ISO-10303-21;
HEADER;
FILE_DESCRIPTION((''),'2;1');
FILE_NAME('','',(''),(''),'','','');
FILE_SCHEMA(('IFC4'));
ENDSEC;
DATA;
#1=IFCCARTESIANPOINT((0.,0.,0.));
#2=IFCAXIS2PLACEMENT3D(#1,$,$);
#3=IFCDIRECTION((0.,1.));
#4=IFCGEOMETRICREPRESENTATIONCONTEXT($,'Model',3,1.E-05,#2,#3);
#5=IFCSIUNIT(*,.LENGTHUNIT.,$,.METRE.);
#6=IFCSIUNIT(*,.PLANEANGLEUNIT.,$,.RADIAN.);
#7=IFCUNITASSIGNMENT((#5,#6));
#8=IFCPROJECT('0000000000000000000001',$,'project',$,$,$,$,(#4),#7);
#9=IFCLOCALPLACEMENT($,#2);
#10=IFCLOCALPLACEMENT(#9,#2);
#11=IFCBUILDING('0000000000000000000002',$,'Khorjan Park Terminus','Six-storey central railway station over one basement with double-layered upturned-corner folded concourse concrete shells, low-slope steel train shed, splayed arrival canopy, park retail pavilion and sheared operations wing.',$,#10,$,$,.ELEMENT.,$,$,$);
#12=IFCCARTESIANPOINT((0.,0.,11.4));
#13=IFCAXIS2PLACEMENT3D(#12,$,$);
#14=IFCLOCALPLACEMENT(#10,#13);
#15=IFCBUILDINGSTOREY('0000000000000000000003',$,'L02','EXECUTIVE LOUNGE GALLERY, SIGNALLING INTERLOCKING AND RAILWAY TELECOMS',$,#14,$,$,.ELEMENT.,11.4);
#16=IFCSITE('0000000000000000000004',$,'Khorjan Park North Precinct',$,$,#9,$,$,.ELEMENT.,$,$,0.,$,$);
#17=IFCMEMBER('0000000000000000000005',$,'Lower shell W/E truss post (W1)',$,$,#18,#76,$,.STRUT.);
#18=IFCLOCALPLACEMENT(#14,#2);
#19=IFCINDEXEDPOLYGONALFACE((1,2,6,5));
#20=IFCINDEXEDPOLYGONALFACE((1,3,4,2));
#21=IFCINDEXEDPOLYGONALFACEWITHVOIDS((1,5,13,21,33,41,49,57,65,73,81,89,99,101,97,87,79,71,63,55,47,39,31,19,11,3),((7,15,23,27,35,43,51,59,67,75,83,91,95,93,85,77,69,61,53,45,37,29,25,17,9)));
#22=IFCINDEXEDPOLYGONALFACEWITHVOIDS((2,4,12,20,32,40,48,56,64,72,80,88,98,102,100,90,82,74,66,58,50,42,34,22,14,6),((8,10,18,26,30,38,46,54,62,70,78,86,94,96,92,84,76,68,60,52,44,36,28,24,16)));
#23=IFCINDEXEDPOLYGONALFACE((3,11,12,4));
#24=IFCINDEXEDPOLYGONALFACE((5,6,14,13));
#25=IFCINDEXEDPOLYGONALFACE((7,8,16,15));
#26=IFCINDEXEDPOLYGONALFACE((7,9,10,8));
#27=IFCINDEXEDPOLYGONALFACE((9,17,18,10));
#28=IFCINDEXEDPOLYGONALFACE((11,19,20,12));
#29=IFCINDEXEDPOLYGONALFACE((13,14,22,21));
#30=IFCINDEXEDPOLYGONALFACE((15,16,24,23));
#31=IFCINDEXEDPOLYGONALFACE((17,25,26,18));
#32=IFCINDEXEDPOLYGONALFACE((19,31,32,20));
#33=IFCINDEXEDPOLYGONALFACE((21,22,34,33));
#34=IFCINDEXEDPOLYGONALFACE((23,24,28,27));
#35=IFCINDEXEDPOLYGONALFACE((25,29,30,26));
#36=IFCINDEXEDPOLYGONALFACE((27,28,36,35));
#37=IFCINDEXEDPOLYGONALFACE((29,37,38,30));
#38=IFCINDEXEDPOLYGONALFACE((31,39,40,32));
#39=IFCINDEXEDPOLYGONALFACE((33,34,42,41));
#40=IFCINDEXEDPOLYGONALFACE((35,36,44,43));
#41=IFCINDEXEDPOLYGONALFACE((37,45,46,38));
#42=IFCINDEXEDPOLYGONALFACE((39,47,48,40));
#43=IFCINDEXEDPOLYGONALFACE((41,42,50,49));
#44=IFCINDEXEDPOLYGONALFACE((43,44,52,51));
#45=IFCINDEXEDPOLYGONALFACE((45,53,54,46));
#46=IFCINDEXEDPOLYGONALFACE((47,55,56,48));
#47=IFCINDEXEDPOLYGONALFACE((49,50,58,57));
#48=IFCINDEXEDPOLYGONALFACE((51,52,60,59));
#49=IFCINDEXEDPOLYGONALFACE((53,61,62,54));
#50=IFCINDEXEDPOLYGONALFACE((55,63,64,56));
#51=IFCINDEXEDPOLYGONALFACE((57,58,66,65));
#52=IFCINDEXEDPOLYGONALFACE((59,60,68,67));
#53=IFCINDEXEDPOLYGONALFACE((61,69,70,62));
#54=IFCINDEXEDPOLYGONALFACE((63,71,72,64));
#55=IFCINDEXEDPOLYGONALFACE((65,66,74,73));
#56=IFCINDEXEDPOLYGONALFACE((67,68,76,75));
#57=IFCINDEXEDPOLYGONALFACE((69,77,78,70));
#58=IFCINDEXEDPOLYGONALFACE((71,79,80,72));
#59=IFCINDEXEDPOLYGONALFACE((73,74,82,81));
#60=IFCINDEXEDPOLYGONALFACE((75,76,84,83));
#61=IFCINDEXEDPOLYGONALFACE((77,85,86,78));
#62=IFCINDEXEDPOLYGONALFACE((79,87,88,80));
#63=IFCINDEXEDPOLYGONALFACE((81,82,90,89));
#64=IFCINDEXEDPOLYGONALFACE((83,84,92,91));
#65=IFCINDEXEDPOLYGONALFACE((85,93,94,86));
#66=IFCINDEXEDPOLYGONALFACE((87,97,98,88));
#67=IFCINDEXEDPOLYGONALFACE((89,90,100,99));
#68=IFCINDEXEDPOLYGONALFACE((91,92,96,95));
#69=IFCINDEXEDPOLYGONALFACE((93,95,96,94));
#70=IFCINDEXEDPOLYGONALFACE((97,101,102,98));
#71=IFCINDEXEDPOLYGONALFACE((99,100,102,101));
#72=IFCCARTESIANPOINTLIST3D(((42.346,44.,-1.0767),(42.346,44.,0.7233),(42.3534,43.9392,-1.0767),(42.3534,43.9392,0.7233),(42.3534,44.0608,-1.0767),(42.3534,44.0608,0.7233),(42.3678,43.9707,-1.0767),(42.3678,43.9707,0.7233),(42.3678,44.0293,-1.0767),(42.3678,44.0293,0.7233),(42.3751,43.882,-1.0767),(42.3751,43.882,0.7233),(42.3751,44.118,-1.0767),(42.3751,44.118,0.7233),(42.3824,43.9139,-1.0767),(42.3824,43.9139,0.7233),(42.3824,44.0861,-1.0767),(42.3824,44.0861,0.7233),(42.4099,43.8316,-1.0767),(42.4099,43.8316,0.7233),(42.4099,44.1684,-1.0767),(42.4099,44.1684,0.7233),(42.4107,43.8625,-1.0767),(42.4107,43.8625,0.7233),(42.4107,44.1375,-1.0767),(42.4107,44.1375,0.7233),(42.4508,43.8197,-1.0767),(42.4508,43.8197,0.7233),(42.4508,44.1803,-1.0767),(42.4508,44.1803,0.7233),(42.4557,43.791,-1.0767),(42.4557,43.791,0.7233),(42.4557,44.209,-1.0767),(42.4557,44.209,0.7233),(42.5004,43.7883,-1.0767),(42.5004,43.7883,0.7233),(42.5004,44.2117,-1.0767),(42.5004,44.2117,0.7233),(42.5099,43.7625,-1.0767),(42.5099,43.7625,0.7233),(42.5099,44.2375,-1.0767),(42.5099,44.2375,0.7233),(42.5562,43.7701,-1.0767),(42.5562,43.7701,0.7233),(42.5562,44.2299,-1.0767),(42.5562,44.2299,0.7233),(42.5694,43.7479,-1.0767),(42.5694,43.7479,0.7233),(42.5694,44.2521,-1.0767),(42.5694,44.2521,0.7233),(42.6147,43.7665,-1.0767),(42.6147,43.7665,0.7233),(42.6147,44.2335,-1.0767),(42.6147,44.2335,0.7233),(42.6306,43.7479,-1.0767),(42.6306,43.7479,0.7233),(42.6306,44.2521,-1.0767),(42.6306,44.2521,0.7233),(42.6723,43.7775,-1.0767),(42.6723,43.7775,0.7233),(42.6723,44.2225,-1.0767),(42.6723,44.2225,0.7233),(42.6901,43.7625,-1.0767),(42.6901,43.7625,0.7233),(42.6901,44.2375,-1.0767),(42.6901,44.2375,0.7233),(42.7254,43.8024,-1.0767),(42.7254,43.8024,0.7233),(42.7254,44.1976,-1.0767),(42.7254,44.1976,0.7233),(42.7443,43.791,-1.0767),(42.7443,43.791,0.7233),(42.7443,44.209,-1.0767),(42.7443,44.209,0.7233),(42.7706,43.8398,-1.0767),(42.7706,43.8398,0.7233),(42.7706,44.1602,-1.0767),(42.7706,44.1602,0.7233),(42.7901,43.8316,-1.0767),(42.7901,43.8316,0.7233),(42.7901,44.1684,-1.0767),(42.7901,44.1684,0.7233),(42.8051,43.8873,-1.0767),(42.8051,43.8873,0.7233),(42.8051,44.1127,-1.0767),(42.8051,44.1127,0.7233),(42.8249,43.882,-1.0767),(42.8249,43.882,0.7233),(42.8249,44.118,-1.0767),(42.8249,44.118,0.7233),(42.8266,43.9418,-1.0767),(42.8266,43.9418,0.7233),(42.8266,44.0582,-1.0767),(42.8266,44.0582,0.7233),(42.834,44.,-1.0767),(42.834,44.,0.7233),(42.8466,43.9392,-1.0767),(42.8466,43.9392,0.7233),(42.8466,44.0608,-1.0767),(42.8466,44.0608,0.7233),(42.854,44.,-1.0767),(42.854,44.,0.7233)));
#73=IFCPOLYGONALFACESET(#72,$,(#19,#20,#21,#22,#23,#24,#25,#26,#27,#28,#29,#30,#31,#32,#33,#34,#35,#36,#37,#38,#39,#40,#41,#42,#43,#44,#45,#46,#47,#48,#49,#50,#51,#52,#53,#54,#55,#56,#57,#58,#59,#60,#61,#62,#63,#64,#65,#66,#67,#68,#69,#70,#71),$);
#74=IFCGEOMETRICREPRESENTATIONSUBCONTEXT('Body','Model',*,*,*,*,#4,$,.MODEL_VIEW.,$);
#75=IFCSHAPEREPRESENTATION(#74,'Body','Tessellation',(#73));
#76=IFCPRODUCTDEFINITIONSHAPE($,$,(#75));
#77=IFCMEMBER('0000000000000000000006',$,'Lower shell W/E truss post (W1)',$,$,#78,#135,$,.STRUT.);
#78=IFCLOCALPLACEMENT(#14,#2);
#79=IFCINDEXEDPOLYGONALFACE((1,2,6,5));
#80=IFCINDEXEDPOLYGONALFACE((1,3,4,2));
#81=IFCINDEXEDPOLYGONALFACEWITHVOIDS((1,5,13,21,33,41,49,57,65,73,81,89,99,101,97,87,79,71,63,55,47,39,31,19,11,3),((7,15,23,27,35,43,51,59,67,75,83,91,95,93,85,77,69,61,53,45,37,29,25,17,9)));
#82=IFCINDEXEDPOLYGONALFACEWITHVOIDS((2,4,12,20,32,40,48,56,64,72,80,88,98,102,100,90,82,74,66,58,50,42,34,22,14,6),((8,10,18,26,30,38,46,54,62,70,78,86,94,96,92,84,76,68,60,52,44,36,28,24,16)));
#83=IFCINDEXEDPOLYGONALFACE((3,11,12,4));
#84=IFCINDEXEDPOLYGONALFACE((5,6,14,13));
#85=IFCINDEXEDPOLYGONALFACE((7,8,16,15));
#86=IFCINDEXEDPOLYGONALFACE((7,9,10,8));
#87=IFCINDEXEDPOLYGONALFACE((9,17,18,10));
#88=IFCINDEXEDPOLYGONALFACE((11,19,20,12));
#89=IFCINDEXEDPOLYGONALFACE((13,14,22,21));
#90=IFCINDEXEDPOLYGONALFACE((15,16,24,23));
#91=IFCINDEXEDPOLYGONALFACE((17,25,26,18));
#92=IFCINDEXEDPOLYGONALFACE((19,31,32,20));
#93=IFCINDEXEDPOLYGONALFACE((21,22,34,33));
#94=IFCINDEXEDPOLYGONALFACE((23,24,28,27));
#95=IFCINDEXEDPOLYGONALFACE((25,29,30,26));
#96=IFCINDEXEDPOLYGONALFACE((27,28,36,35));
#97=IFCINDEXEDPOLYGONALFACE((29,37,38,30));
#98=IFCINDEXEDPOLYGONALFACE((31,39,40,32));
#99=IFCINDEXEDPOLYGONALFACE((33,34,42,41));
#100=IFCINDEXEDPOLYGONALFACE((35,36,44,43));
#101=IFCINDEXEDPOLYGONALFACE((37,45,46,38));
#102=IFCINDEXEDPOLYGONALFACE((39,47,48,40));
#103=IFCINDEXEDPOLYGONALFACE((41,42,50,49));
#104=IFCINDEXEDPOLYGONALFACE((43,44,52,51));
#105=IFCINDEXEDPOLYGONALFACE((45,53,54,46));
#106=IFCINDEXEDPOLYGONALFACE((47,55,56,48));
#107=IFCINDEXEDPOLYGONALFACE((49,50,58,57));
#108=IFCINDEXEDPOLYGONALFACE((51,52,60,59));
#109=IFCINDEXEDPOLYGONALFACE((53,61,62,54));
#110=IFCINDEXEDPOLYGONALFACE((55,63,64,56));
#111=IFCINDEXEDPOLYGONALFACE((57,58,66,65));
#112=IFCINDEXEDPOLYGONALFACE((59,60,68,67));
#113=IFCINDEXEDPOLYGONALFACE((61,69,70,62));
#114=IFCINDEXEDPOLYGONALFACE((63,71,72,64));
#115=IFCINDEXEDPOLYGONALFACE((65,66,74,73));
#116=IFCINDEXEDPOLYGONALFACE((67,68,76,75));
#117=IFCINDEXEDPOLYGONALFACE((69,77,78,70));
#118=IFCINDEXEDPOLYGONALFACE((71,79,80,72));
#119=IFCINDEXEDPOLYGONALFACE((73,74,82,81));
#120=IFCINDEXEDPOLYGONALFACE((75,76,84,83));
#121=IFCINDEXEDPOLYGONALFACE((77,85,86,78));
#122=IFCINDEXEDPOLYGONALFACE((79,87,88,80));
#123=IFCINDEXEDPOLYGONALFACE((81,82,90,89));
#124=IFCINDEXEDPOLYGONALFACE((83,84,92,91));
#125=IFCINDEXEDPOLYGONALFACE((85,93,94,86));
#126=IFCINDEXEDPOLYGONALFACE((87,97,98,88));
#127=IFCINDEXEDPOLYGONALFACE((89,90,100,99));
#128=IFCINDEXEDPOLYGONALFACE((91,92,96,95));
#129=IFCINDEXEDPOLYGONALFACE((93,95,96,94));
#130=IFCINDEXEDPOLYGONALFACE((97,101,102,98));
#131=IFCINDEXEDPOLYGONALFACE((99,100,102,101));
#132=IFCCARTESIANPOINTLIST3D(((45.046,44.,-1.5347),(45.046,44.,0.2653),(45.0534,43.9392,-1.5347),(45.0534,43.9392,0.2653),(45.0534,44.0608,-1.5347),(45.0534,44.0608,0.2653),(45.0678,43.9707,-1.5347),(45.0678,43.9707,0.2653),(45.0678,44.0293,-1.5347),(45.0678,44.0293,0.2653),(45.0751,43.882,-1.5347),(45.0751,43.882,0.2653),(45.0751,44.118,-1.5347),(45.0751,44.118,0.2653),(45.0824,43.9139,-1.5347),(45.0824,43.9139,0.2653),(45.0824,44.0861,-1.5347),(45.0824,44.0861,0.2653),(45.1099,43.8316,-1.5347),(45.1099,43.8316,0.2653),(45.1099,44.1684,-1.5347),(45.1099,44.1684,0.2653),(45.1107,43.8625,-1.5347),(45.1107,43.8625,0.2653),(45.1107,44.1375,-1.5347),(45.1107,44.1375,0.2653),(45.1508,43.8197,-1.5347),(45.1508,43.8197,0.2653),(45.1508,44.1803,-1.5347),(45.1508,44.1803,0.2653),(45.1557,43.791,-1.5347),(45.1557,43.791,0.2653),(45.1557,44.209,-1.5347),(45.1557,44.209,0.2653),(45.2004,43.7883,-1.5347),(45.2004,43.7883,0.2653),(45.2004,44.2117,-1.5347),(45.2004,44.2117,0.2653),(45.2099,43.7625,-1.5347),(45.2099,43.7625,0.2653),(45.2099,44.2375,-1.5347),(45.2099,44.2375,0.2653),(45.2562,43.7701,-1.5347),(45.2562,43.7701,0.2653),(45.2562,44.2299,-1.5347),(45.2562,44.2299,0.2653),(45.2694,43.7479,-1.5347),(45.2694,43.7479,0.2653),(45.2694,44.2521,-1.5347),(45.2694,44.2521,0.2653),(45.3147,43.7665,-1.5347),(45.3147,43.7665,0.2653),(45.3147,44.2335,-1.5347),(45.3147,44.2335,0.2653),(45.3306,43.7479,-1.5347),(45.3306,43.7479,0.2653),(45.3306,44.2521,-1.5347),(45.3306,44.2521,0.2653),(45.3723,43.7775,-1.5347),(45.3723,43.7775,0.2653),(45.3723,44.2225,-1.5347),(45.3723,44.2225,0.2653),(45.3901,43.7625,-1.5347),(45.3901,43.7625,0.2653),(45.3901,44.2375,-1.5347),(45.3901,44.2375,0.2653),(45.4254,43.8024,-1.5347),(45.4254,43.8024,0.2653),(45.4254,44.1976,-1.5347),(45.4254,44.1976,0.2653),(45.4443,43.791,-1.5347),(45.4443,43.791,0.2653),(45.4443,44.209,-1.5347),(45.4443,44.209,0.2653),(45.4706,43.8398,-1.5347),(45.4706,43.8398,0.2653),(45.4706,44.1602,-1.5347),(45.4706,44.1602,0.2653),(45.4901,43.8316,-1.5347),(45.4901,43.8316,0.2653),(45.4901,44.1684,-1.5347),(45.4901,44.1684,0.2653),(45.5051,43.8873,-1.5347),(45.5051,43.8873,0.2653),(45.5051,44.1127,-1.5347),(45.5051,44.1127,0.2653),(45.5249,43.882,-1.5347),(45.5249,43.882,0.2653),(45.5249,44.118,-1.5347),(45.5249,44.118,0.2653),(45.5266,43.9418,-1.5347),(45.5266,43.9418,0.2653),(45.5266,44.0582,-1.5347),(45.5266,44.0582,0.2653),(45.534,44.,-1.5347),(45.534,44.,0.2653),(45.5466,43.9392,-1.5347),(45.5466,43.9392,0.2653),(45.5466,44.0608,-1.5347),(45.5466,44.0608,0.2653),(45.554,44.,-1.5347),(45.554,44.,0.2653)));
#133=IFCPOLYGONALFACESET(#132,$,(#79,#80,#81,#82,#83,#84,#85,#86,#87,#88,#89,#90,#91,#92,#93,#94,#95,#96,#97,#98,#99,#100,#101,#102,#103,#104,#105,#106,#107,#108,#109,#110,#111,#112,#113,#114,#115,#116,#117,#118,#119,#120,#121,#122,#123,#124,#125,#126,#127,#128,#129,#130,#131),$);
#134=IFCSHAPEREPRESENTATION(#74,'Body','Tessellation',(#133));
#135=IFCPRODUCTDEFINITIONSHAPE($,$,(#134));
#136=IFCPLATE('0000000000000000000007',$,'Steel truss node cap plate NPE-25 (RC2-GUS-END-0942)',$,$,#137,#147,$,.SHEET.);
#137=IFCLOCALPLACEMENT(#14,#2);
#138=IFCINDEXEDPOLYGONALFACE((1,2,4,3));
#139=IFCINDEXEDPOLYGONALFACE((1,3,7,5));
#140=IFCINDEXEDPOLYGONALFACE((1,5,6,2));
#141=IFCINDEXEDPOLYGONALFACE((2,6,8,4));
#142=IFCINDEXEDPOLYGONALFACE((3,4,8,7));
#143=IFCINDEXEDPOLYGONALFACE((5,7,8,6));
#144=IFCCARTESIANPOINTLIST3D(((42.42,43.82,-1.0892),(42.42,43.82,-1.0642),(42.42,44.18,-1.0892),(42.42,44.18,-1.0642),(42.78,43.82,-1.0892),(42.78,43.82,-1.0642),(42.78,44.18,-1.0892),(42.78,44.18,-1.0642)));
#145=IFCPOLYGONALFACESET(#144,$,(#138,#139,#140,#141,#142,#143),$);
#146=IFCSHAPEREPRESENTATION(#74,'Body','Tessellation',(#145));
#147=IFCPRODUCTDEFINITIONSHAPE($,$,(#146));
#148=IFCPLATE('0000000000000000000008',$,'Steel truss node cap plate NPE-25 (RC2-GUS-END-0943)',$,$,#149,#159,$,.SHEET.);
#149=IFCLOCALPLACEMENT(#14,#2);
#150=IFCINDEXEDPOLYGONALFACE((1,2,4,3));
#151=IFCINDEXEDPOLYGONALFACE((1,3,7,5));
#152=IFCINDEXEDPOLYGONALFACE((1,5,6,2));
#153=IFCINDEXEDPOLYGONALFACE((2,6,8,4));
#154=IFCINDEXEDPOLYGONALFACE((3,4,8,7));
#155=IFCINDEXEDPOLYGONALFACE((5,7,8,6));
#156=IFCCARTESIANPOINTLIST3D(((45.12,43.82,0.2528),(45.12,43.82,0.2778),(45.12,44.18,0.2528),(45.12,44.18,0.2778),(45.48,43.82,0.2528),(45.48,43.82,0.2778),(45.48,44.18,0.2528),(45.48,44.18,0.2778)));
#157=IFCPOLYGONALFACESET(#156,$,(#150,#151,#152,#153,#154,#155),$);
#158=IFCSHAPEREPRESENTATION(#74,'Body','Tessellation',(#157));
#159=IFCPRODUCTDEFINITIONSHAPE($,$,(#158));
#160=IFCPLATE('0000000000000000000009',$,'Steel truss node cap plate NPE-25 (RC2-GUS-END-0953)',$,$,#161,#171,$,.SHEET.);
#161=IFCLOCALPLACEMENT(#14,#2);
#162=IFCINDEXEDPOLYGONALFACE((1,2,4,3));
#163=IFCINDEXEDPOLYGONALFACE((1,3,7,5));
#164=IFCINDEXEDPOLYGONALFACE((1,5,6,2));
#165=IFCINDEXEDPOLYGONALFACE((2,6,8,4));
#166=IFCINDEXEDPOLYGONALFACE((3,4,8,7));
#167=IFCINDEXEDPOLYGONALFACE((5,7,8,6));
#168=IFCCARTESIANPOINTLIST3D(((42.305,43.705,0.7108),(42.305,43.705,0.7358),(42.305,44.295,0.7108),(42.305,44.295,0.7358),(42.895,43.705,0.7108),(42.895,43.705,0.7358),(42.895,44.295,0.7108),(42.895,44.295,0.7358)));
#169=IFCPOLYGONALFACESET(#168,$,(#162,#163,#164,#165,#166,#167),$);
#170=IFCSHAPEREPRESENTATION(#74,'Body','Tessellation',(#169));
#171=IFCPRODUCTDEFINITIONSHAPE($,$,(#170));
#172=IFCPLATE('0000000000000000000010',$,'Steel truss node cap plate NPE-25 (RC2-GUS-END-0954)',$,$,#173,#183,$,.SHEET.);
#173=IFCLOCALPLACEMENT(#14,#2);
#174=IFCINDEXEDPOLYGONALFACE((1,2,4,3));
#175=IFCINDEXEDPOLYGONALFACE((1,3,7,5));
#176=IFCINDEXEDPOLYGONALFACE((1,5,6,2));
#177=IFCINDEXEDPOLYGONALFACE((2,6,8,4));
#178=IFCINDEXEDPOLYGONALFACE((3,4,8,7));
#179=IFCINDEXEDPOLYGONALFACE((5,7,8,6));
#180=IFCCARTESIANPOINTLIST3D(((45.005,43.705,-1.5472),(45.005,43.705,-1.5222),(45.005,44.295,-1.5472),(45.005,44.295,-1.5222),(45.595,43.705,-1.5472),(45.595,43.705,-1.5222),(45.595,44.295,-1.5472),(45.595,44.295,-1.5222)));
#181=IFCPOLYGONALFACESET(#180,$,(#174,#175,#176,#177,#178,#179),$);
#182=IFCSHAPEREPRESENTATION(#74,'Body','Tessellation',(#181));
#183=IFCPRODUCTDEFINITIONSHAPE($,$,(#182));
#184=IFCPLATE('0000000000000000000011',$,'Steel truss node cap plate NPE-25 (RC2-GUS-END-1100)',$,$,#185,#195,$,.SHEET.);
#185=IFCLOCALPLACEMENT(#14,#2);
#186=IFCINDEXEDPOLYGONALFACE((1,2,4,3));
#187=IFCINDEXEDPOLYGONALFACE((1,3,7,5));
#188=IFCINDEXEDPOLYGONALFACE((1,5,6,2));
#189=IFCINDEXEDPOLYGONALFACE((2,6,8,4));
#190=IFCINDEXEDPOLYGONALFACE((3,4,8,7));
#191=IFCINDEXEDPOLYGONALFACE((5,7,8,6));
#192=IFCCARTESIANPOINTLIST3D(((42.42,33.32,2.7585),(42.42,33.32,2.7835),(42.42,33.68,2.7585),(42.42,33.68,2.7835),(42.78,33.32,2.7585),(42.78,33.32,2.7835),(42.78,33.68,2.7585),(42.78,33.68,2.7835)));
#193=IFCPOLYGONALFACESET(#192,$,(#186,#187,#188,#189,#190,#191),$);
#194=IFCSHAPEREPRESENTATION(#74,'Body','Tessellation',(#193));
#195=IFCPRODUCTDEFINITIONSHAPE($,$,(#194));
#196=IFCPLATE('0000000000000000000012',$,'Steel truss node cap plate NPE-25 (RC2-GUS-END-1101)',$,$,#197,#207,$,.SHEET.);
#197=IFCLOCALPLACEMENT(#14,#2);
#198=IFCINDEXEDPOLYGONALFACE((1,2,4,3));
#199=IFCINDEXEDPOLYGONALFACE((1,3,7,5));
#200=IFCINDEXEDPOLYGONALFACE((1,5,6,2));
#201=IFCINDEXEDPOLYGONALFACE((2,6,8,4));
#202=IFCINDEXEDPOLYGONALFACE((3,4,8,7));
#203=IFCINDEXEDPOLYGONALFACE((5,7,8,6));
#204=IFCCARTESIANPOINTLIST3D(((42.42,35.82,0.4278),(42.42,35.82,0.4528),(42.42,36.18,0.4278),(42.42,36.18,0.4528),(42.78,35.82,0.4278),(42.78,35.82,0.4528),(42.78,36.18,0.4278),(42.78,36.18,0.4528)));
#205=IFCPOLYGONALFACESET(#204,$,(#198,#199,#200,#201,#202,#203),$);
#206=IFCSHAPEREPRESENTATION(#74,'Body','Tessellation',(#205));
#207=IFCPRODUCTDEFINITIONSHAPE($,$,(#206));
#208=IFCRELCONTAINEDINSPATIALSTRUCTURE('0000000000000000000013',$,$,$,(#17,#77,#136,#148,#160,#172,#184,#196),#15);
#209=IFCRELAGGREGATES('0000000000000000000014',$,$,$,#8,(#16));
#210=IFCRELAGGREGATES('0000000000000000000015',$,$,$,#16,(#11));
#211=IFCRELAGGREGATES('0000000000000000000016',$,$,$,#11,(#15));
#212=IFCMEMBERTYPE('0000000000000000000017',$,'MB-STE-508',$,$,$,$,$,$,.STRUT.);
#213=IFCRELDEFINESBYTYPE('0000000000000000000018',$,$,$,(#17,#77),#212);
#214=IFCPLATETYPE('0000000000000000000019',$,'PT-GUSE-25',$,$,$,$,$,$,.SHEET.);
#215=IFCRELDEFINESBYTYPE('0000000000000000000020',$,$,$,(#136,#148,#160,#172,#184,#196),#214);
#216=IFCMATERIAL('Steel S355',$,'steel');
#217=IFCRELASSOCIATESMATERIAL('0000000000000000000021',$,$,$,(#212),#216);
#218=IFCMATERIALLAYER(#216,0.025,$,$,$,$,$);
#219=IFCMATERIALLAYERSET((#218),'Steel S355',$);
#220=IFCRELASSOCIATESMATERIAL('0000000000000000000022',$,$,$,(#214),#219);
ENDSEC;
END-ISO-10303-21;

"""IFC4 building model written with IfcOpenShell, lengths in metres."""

from ifc_helpers import new_model, si_unit, direction, frame, origin, origin_2d, place, context, subcontext, project, spatial, rectangle, hollow_circle, extrude, material, layer, layer_set, material_profile, profile_set, type_object, element, save


model = new_model("IFC4")

# Units and contexts
model_context = context("Model", 3, precision=1e-05, world=origin(), true_north=direction((0.0, 1.0)))
body_context = subcontext(model_context, "Body", "Model", "MODEL_VIEW")
ifc_project = project(units=[si_unit("LENGTHUNIT", "METRE"), si_unit("PLANEANGLEUNIT", "RADIAN")], contexts=[model_context])

# Site, building, storey
site_placement = place(None, origin())
site = spatial("IfcSite", under=ifc_project, at=site_placement, Name="Khorjan Park North Precinct", CompositionType="ELEMENT", RefElevation=0.0)
building_placement = place(site_placement, origin())
building = spatial("IfcBuilding", under=site, at=building_placement, Name="Khorjan Park Terminus", Description="Six-storey central railway station over one basement with double-layered upturned-corner folded concourse concrete shells, low-slope steel train shed, splayed arrival canopy, park retail pavilion and sheared operations wing.", CompositionType="ELEMENT")
storey_placement = place(building_placement, frame((0.0, 0.0, 11.4)))
storey = spatial("IfcBuildingStorey", under=building, at=storey_placement, Name="L02", Description="EXECUTIVE LOUNGE GALLERY, SIGNALLING INTERLOCKING AND RAILWAY TELECOMS", CompositionType="ELEMENT", Elevation=11.4)

# Members
ifc_material_1 = material(Name="Steel S355", Category="steel")
ifc_material_profile_1 = material_profile(ifc_material_1, hollow_circle(Radius=0.254, WallThickness=0.02, at=origin_2d()), Name="CHS 508x20")
ifc_profile_set_1 = profile_set([ifc_material_profile_1], Name="Steel S355")
member_type_1 = type_object("IfcMemberType", Name="MB-STE-508", PredefinedType="STRUT", material=ifc_profile_set_1)
for number, where, z_axis, x_axis, name in (
    (1, (42.6, 44.0, -1.0767), (0.0, 0.0, 1.0), (1.0, 0.0, 0.0), "Lower shell W/E truss post (W1)"),
    (2, (45.3, 44.0, -1.5347), (0.0, 0.0, 1.0), (1.0, 0.0, 0.0), "Lower shell W/E truss post (W1)"),
):
    element("IfcMember", number, at=place(storey_placement, frame(where, z_axis=z_axis, x_axis=x_axis)), inside=storey, type_object=member_type_1, Name=name, PredefinedType="STRUT", context=body_context, shape_type="SweptSolid", body=[
        extrude(hollow_circle(Radius=0.254, WallThickness=0.02, at=origin_2d()), origin(), (0.0, 0.0, 1.0), 1.8),
    ])

# Plates
ifc_layer_1 = layer(ifc_material_1, 0.025)
ifc_layer_set_1 = layer_set([ifc_layer_1], Name="Steel S355")
plate_type = type_object("IfcPlateType", Name="PT-GUSE-25", PredefinedType="SHEET", material=ifc_layer_set_1)
for number, where, z_axis, x_axis, name in (
    (3, (42.6, 44.0, -1.0892), (0.0, 0.0, 1.0), (1.0, 0.0, 0.0), "Steel truss node cap plate NPE-25 (RC2-GUS-END-0942)"),
    (4, (45.3, 44.0, 0.2528), (0.0, 0.0, 1.0), (1.0, 0.0, 0.0), "Steel truss node cap plate NPE-25 (RC2-GUS-END-0943)"),
):
    element("IfcPlate", number, at=place(storey_placement, frame(where, z_axis=z_axis, x_axis=x_axis)), inside=storey, type_object=plate_type, Name=name, PredefinedType="SHEET", context=body_context, shape_type="SweptSolid", body=[
        extrude(rectangle(XDim=0.36, YDim=0.36, at=origin_2d()), origin(), (0.0, 0.0, 1.0), 0.025),
    ])
for number, where, z_axis, x_axis, name in (
    (5, (42.6, 44.0, 0.7108), (0.0, 0.0, 1.0), (1.0, 0.0, 0.0), "Steel truss node cap plate NPE-25 (RC2-GUS-END-0953)"),
    (6, (45.3, 44.0, -1.5472), (0.0, 0.0, 1.0), (1.0, 0.0, 0.0), "Steel truss node cap plate NPE-25 (RC2-GUS-END-0954)"),
):
    element("IfcPlate", number, at=place(storey_placement, frame(where, z_axis=z_axis, x_axis=x_axis)), inside=storey, type_object=plate_type, Name=name, PredefinedType="SHEET", context=body_context, shape_type="SweptSolid", body=[
        extrude(rectangle(XDim=0.59, YDim=0.59, at=origin_2d()), origin(), (0.0, 0.0, 1.0), 0.025),
    ])
for number, where, z_axis, x_axis, name in (
    (7, (42.6, 33.5, 2.7585), (0.0, 0.0, 1.0), (1.0, 0.0, 0.0), "Steel truss node cap plate NPE-25 (RC2-GUS-END-1100)"),
    (8, (42.6, 36.0, 0.4278), (0.0, 0.0, 1.0), (1.0, 0.0, 0.0), "Steel truss node cap plate NPE-25 (RC2-GUS-END-1101)"),
):
    element("IfcPlate", number, at=place(storey_placement, frame(where, z_axis=z_axis, x_axis=x_axis)), inside=storey, type_object=plate_type, Name=name, PredefinedType="SHEET", context=body_context, shape_type="SweptSolid", body=[
        extrude(rectangle(XDim=0.36, YDim=0.36, at=origin_2d()), origin(), (0.0, 0.0, 1.0), 0.025),
    ])

save(model, "model.ifc")
